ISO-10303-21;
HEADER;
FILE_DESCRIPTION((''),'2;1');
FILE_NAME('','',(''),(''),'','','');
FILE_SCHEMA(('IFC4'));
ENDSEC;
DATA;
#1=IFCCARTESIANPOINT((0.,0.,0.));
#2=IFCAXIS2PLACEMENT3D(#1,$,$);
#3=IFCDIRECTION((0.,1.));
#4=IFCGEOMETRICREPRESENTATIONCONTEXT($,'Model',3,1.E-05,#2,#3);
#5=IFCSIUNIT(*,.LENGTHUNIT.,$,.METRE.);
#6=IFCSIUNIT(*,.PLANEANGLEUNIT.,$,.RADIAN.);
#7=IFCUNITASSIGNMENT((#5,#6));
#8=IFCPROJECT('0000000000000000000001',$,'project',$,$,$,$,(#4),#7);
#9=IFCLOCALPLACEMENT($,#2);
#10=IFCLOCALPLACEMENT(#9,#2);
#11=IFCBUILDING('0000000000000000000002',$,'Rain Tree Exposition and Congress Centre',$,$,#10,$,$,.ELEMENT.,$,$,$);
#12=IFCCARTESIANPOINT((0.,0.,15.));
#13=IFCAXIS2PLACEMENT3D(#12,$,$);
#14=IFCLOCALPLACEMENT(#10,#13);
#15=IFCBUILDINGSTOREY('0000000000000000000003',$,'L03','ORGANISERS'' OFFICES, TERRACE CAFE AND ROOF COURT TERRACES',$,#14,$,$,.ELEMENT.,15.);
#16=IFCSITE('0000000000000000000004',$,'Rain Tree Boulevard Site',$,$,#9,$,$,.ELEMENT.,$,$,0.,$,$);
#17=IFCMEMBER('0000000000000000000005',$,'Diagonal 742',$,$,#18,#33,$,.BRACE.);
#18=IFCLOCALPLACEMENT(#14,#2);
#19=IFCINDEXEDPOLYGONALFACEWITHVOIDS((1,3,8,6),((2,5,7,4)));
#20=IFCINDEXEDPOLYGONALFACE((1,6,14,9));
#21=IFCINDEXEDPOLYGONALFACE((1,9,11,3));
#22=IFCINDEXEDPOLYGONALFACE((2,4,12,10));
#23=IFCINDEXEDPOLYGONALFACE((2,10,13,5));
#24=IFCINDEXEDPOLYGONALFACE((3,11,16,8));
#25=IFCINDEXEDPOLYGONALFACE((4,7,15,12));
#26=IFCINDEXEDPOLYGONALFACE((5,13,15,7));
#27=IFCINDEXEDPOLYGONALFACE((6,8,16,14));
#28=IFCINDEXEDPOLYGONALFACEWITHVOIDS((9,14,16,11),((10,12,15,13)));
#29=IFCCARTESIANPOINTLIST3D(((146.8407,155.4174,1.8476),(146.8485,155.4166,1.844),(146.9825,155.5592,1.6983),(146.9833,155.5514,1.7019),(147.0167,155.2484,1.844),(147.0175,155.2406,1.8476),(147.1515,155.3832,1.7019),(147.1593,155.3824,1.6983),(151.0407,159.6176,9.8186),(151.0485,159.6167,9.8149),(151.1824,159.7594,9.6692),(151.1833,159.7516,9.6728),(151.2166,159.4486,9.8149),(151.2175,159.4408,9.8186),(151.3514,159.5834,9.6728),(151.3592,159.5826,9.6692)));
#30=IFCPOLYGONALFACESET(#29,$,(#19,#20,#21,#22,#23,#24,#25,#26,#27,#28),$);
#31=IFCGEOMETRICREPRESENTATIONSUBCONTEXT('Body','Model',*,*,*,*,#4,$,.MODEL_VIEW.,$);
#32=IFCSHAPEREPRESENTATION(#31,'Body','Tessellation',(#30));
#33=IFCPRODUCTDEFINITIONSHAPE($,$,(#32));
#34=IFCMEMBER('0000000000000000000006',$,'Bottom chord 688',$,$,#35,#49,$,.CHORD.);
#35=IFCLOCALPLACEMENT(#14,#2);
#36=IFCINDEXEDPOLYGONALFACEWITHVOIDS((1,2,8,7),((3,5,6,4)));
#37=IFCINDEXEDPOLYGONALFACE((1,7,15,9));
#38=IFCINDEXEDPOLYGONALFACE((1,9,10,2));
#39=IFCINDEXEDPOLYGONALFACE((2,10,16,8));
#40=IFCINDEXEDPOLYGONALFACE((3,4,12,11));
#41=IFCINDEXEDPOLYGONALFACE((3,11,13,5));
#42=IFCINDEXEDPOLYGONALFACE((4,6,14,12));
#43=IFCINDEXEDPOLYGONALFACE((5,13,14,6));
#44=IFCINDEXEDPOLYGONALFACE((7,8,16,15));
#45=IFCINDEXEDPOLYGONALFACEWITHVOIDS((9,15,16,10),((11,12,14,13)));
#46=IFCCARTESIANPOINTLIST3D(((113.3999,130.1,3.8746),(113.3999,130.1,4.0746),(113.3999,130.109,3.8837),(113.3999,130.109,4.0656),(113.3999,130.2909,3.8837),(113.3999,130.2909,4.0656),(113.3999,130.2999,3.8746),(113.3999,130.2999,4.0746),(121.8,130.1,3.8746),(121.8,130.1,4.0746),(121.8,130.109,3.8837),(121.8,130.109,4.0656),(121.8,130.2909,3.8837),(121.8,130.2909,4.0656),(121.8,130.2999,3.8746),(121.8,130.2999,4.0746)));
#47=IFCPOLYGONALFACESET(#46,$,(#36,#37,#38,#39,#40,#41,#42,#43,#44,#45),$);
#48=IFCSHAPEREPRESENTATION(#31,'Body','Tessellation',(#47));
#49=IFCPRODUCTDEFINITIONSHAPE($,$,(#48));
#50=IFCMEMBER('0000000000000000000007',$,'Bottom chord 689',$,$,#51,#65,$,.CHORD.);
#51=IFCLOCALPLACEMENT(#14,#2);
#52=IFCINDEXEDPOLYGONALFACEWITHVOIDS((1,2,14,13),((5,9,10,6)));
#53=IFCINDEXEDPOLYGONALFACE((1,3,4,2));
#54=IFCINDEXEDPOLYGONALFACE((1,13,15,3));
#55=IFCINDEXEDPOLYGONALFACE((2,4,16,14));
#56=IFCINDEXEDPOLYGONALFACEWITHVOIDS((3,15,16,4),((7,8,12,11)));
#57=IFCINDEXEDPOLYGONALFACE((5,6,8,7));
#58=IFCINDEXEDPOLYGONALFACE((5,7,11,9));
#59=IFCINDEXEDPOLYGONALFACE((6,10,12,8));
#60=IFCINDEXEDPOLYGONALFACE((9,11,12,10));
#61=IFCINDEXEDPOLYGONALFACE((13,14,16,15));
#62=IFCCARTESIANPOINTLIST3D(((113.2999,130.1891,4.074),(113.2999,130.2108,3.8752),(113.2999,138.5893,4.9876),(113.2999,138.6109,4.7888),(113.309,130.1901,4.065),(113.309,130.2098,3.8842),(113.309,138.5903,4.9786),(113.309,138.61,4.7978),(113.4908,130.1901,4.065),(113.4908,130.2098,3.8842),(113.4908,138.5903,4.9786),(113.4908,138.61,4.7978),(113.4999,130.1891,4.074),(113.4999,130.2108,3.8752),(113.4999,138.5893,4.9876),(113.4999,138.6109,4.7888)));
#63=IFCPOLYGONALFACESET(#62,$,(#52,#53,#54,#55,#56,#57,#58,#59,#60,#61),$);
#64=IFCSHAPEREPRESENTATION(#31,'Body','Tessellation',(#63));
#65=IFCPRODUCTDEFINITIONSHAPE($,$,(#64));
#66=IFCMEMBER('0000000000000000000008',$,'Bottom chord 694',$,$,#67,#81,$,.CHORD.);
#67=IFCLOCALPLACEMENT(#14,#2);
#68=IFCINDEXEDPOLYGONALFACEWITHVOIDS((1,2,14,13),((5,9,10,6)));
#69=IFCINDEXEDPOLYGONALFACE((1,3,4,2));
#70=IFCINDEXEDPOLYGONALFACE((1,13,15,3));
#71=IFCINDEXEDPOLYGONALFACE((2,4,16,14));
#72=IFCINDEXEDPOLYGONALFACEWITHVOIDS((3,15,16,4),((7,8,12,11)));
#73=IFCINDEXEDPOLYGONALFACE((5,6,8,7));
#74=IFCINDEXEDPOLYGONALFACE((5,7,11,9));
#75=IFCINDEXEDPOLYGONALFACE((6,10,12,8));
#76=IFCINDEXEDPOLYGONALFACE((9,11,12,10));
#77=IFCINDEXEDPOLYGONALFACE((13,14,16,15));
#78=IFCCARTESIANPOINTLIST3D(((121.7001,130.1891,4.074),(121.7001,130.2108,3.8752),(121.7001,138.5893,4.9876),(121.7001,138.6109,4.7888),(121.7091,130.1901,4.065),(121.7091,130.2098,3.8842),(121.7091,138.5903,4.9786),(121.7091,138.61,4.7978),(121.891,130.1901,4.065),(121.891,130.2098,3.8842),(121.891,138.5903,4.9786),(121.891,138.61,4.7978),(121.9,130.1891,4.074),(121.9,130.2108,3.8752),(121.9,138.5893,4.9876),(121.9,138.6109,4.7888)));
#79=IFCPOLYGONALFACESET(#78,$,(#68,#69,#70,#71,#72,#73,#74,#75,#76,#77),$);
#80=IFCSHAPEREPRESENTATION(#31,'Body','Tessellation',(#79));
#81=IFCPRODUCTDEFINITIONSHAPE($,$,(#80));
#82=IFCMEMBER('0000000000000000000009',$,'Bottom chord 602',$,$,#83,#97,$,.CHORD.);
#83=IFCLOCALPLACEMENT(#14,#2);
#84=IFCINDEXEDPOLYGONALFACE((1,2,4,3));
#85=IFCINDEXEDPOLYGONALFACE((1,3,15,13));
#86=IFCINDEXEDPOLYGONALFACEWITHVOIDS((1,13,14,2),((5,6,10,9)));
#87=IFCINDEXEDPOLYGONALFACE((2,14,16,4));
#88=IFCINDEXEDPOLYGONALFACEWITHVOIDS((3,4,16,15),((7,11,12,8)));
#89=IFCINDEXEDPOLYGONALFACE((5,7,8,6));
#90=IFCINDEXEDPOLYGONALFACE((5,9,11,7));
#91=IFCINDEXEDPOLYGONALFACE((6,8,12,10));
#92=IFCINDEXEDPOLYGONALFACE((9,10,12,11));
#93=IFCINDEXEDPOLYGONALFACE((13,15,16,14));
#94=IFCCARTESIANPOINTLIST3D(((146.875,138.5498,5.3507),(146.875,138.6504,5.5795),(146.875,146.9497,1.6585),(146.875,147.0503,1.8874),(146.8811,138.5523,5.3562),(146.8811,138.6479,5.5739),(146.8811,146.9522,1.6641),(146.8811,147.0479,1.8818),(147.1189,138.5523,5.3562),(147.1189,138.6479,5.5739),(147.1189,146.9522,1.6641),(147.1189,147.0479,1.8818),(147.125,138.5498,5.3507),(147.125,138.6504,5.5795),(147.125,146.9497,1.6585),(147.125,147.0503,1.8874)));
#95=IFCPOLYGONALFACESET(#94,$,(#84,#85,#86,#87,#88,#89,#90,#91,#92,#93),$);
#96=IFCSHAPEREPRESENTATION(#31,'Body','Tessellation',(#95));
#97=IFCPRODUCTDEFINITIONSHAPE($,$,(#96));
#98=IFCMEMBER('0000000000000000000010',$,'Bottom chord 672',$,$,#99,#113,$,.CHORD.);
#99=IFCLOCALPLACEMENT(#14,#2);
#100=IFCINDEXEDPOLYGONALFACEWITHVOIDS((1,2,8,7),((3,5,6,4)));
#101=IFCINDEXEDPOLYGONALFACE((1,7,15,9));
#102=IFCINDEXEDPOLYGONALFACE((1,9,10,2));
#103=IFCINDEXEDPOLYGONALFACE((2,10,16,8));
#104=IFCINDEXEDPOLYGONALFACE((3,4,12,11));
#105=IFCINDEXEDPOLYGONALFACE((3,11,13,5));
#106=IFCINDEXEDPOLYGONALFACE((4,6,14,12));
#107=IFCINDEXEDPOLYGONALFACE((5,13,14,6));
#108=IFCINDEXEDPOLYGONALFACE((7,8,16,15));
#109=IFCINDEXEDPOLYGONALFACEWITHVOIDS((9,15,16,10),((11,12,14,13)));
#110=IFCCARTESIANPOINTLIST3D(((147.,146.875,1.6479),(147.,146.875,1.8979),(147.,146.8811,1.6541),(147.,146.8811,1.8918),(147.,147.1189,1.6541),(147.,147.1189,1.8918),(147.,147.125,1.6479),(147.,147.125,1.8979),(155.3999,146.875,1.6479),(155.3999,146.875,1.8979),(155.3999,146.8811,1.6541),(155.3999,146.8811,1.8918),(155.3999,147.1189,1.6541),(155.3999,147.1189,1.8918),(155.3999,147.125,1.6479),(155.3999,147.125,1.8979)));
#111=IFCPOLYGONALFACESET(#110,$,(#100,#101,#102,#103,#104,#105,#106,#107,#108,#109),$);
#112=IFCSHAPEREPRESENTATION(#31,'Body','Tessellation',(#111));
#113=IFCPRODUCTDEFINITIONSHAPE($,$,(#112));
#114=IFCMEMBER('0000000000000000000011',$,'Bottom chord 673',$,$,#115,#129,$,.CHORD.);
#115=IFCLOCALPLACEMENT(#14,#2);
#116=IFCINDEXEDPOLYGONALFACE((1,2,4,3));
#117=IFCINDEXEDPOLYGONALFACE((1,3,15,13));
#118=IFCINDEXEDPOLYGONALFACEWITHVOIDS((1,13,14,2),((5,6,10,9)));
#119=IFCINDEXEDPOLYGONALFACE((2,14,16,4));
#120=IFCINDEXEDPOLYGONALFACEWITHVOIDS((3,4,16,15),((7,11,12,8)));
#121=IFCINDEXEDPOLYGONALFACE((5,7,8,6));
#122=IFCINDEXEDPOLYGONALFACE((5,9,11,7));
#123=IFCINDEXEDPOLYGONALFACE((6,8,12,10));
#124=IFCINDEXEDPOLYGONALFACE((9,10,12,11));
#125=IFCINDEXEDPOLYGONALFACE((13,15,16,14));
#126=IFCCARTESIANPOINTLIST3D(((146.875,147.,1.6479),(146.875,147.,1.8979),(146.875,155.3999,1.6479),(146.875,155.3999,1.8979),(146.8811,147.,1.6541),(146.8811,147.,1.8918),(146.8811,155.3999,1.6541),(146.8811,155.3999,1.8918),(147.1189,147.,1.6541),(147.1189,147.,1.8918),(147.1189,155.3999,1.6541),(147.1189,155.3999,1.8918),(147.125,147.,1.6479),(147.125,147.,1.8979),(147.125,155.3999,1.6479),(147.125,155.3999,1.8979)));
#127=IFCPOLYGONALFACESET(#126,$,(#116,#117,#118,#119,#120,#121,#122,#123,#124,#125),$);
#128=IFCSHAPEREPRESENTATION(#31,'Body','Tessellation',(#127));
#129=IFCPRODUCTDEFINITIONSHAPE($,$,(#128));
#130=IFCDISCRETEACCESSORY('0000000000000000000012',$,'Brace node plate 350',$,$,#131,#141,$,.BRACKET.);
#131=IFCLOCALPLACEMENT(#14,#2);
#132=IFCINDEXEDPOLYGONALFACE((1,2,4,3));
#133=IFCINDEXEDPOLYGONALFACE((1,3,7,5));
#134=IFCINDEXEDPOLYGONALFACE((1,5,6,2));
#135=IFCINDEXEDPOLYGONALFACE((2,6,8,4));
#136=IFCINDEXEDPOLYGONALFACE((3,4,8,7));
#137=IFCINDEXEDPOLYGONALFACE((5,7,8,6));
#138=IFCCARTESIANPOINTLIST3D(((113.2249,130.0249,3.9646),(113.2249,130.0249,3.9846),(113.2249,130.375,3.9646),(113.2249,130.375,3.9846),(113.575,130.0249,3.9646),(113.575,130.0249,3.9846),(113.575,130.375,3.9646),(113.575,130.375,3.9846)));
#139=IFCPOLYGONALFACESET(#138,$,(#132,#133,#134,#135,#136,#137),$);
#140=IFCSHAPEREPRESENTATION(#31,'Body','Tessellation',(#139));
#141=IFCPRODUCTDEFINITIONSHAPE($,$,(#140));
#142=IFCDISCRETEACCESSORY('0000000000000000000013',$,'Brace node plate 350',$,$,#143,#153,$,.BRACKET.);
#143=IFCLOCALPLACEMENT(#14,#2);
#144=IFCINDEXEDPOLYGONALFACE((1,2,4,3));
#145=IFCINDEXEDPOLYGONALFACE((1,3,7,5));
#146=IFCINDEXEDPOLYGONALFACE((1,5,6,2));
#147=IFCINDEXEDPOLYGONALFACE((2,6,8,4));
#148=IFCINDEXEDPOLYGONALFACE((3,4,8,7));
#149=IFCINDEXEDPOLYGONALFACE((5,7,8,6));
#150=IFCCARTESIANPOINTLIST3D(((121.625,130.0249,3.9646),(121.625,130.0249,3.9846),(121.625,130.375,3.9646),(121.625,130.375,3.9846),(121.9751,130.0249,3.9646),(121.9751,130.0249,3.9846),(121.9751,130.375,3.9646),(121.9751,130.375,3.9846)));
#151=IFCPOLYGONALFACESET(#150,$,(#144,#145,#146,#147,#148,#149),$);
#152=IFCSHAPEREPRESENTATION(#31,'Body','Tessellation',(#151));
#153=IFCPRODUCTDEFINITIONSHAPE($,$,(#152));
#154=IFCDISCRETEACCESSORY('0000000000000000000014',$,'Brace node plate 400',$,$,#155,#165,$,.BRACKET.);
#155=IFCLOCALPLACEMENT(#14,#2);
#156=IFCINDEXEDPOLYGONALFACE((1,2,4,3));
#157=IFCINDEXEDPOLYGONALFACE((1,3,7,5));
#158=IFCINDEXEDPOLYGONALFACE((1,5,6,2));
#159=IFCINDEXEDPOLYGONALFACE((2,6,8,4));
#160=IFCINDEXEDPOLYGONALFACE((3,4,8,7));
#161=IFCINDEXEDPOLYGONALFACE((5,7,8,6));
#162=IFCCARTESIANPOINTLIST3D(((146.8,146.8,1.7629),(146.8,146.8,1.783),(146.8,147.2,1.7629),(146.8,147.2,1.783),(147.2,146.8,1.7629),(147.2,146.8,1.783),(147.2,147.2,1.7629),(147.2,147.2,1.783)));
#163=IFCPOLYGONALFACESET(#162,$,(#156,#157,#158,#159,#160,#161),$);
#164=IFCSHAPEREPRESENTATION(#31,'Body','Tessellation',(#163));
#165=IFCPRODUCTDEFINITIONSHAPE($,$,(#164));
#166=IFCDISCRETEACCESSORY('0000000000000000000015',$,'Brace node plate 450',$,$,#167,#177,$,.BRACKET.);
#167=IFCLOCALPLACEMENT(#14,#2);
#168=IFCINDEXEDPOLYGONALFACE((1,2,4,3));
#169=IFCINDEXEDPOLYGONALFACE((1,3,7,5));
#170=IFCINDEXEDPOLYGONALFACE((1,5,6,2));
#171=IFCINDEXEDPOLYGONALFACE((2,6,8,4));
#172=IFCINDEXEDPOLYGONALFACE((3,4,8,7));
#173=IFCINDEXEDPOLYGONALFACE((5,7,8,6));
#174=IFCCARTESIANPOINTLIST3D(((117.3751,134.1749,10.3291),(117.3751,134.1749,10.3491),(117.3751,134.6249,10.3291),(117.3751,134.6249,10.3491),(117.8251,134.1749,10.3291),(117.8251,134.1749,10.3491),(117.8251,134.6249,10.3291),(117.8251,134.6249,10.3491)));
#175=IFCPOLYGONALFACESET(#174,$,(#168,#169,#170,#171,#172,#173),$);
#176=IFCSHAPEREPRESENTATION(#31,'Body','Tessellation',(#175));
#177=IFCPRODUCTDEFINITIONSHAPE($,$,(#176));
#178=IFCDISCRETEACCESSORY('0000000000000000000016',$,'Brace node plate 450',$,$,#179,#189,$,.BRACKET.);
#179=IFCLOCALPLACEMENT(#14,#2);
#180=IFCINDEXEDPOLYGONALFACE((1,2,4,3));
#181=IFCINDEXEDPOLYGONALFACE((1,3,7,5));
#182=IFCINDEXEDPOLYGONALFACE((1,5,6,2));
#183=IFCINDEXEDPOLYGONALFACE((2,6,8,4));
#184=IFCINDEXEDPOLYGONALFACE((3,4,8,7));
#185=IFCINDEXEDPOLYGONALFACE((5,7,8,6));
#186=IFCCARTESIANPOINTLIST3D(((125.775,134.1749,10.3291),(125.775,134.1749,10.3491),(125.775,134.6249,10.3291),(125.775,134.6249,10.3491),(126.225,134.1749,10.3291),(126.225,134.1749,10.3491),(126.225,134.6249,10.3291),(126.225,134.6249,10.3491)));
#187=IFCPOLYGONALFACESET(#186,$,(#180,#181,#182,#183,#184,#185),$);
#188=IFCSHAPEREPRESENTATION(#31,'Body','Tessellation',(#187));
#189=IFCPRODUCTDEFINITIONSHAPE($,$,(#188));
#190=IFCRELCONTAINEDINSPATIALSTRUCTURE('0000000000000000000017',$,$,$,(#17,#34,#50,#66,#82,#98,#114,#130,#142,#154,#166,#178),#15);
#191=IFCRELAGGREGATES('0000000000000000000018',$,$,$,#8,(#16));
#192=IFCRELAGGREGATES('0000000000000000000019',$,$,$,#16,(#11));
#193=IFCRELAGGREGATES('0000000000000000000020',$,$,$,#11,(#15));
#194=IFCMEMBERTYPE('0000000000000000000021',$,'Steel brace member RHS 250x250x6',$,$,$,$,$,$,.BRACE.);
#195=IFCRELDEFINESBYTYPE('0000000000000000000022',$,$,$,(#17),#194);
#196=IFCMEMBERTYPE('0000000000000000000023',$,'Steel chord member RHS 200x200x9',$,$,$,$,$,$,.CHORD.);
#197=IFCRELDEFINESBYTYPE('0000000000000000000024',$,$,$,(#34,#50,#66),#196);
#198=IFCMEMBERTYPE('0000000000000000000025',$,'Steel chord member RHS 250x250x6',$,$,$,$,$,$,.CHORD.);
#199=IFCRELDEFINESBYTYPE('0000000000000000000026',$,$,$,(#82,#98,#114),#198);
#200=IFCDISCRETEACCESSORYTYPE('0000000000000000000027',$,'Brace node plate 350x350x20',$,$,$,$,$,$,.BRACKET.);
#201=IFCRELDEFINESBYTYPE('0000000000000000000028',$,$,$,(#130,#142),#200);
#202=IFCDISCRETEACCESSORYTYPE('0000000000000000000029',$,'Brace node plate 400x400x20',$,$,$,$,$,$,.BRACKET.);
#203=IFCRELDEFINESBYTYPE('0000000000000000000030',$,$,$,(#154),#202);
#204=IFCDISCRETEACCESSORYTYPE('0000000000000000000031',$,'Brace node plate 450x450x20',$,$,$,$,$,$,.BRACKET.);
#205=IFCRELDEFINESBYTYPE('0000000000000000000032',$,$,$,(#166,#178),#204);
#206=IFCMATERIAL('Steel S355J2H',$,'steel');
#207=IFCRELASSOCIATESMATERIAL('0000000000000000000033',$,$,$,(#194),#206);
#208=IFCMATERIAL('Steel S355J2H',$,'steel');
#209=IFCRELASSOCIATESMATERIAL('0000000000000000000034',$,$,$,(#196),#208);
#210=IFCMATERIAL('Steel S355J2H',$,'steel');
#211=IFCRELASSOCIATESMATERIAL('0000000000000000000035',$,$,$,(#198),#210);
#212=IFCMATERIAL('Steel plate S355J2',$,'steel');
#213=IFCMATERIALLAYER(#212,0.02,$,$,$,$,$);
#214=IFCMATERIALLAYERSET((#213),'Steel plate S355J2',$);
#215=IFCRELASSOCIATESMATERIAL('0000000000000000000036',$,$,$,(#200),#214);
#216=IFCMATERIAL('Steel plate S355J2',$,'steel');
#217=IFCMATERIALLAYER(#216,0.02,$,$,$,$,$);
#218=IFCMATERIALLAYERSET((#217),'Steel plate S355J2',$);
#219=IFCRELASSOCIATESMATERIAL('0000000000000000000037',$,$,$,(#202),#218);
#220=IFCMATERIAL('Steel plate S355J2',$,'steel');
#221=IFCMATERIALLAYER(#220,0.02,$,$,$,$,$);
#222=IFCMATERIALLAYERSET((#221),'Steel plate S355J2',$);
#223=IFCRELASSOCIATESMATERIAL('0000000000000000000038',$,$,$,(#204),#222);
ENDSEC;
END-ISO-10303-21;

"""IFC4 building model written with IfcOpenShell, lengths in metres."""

from ifc_helpers import new_model, si_unit, direction, frame, origin, origin_2d, place, context, subcontext, project, spatial, rectangle, hollow_rectangle, extrude, material, layer, layer_set, material_profile, profile_set, type_object, element, save


model = new_model("IFC4")

# Units and contexts
model_context = context("Model", 3, precision=1e-05, world=origin(), true_north=direction((0.0, 1.0)))
body_context = subcontext(model_context, "Body", "Model", "MODEL_VIEW")
ifc_project = project(units=[si_unit("LENGTHUNIT", "METRE"), si_unit("PLANEANGLEUNIT", "RADIAN")], contexts=[model_context])

# Site, building, storey
site_placement = place(None, origin())
site = spatial("IfcSite", under=ifc_project, at=site_placement, Name="Rain Tree Boulevard Site", CompositionType="ELEMENT", RefElevation=0.0)
building_placement = place(site_placement, origin())
building = spatial("IfcBuilding", under=site, at=building_placement, Name="Rain Tree Exposition and Congress Centre", CompositionType="ELEMENT")
storey_placement = place(building_placement, frame((0.0, 0.0, 15.0)))
storey = spatial("IfcBuildingStorey", under=building, at=storey_placement, Name="L03", Description="ORGANISERS' OFFICES, TERRACE CAFE AND ROOF COURT TERRACES", CompositionType="ELEMENT", Elevation=15.0)

# Members
ifc_material_1 = material(Name="Steel S355J2H", Category="steel")
ifc_material_profile_1 = material_profile(ifc_material_1, hollow_rectangle(XDim=0.25, YDim=0.25, WallThickness=0.0061, at=origin_2d()), Name="RHS 250x250x6")
ifc_profile_set_1 = profile_set([ifc_material_profile_1], Name="Steel S355J2H")
member_type_1 = type_object("IfcMemberType", Name="Steel brace member RHS 250x250x6", PredefinedType="BRACE", material=ifc_profile_set_1)
for number, where, z_axis, x_axis, name in (
    (1, (147.0, 155.3999, 1.7729), (0.422501, 0.422526, 0.801851), (-0.707127, 0.707086, 0.0), "Diagonal 742"),
):
    element("IfcMember", number, at=place(storey_placement, frame(where, z_axis=z_axis, x_axis=x_axis)), inside=storey, type_object=member_type_1, Name=name, PredefinedType="BRACE", context=body_context, shape_type="SweptSolid", body=[
        extrude(hollow_rectangle(XDim=0.25, YDim=0.25, WallThickness=0.0061, at=origin_2d()), origin(), (0.0, 0.0, 1.0), 9.9407),
    ])
ifc_material_2 = material(Name="Steel S355J2H", Category="steel")
ifc_material_profile_2 = material_profile(ifc_material_2, hollow_rectangle(XDim=0.2, YDim=0.2, WallThickness=0.009, at=origin_2d()), Name="RHS 200x200x9")
ifc_profile_set_2 = profile_set([ifc_material_profile_2], Name="Steel S355J2H")
member_type_2 = type_object("IfcMemberType", Name="Steel chord member RHS 200x200x9", PredefinedType="CHORD", material=ifc_profile_set_2)
member_1_placement = place(storey_placement, frame((113.3999, 130.2, 3.9746), z_axis=(1.0, 0.0, 0.0), x_axis=(0.0, 1.0, 0.0)))
element("IfcMember", 2, at=member_1_placement, inside=storey, type_object=member_type_2, Name="Bottom chord 688", PredefinedType="CHORD", context=body_context, shape_type="SweptSolid", body=[
    extrude(hollow_rectangle(XDim=0.2, YDim=0.2, WallThickness=0.009, at=origin_2d()), origin(), (0.0, 0.0, 1.0), 8.4001),
])
for number, where, z_axis, x_axis, name in (
    (3, (113.3999, 130.2, 3.9746), (0.0, 0.994138, 0.108119), (-1.0, 0.0, 0.0), "Bottom chord 689"),
    (4, (121.8, 130.2, 3.9746), (0.0, 0.994138, 0.108119), (-1.0, 0.0, 0.0), "Bottom chord 694"),
):
    element("IfcMember", number, at=place(storey_placement, frame(where, z_axis=z_axis, x_axis=x_axis)), inside=storey, type_object=member_type_2, Name=name, PredefinedType="CHORD", context=body_context, shape_type="SweptSolid", body=[
        extrude(hollow_rectangle(XDim=0.2, YDim=0.2, WallThickness=0.009, at=origin_2d()), origin(), (0.0, 0.0, 1.0), 8.4497),
    ])
ifc_material_3 = material(Name="Steel S355J2H", Category="steel")
ifc_material_profile_3 = material_profile(ifc_material_3, hollow_rectangle(XDim=0.25, YDim=0.25, WallThickness=0.0061, at=origin_2d()), Name="RHS 250x250x6")
ifc_profile_set_3 = profile_set([ifc_material_profile_3], Name="Steel S355J2H")
member_type_3 = type_object("IfcMemberType", Name="Steel chord member RHS 250x250x6", PredefinedType="CHORD", material=ifc_profile_set_3)
member_2_placement = place(storey_placement, frame((147.0, 138.6001, 5.4651), z_axis=(0.0, 0.915468, -0.40239), x_axis=(-1.0, 0.0, 0.0)))
element("IfcMember", 5, at=member_2_placement, inside=storey, type_object=member_type_3, Name="Bottom chord 602", PredefinedType="CHORD", context=body_context, shape_type="SweptSolid", body=[
    extrude(hollow_rectangle(XDim=0.25, YDim=0.25, WallThickness=0.0061, at=origin_2d()), origin(), (0.0, 0.0, 1.0), 9.1755),
])
for number, where, z_axis, x_axis, name in (
    (6, (147.0, 147.0, 1.7729), (1.0, 0.0, 0.0), (0.0, 1.0, 0.0), "Bottom chord 672"),
    (7, (147.0, 147.0, 1.7729), (0.0, 1.0, 0.0), (-1.0, 0.0, 0.0), "Bottom chord 673"),
):
    element("IfcMember", number, at=place(storey_placement, frame(where, z_axis=z_axis, x_axis=x_axis)), inside=storey, type_object=member_type_3, Name=name, PredefinedType="CHORD", context=body_context, shape_type="SweptSolid", body=[
        extrude(hollow_rectangle(XDim=0.25, YDim=0.25, WallThickness=0.0061, at=origin_2d()), origin(), (0.0, 0.0, 1.0), 8.3999),
    ])

# Discrete accessories
ifc_material_4 = material(Name="Steel plate S355J2", Category="steel")
ifc_layer_1 = layer(ifc_material_4, 0.02)
ifc_layer_set_1 = layer_set([ifc_layer_1], Name="Steel plate S355J2")
discrete_accessory_type_1 = type_object("IfcDiscreteAccessoryType", Name="Brace node plate 350x350x20", PredefinedType="BRACKET", material=ifc_layer_set_1)
for number, where, z_axis, x_axis, name in (
    (8, (113.3999, 130.2, 3.9646), (0.0, 0.0, 1.0), (1.0, 0.0, 0.0), "Brace node plate 350"),
    (9, (121.8, 130.2, 3.9646), (0.0, 0.0, 1.0), (1.0, 0.0, 0.0), "Brace node plate 350"),
):
    element("IfcDiscreteAccessory", number, at=place(storey_placement, frame(where, z_axis=z_axis, x_axis=x_axis)), inside=storey, type_object=discrete_accessory_type_1, Name=name, PredefinedType="BRACKET", context=body_context, shape_type="SweptSolid", body=[
        extrude(rectangle(XDim=0.3501, YDim=0.3501, at=origin_2d()), origin(), (0.0, 0.0, 1.0), 0.02),
    ])
ifc_material_5 = material(Name="Steel plate S355J2", Category="steel")
ifc_layer_2 = layer(ifc_material_5, 0.02)
ifc_layer_set_2 = layer_set([ifc_layer_2], Name="Steel plate S355J2")
discrete_accessory_type_2 = type_object("IfcDiscreteAccessoryType", Name="Brace node plate 400x400x20", PredefinedType="BRACKET", material=ifc_layer_set_2)
discrete_accessory_placement = place(storey_placement, frame((147.0, 147.0, 1.7629), z_axis=(0.0, 0.0, 1.0), x_axis=(1.0, 0.0, 0.0)))
element("IfcDiscreteAccessory", 10, at=discrete_accessory_placement, inside=storey, type_object=discrete_accessory_type_2, Name="Brace node plate 400", PredefinedType="BRACKET", context=body_context, shape_type="SweptSolid", body=[
    extrude(rectangle(XDim=0.3999, YDim=0.3999, at=origin_2d()), origin(), (0.0, 0.0, 1.0), 0.02),
])
ifc_material_6 = material(Name="Steel plate S355J2", Category="steel")
ifc_layer_3 = layer(ifc_material_6, 0.02)
ifc_layer_set_3 = layer_set([ifc_layer_3], Name="Steel plate S355J2")
discrete_accessory_type_3 = type_object("IfcDiscreteAccessoryType", Name="Brace node plate 450x450x20", PredefinedType="BRACKET", material=ifc_layer_set_3)
for number, where, z_axis, x_axis, name in (
    (11, (117.6001, 134.3999, 10.3291), (0.0, 0.0, 1.0), (1.0, 0.0, 0.0), "Brace node plate 450"),
    (12, (126.0, 134.3999, 10.3291), (0.0, 0.0, 1.0), (1.0, 0.0, 0.0), "Brace node plate 450"),
):
    element("IfcDiscreteAccessory", number, at=place(storey_placement, frame(where, z_axis=z_axis, x_axis=x_axis)), inside=storey, type_object=discrete_accessory_type_3, Name=name, PredefinedType="BRACKET", context=body_context, shape_type="SweptSolid", body=[
        extrude(rectangle(XDim=0.45, YDim=0.45, at=origin_2d()), origin(), (0.0, 0.0, 1.0), 0.02),
    ])

save(model, "model.ifc")
